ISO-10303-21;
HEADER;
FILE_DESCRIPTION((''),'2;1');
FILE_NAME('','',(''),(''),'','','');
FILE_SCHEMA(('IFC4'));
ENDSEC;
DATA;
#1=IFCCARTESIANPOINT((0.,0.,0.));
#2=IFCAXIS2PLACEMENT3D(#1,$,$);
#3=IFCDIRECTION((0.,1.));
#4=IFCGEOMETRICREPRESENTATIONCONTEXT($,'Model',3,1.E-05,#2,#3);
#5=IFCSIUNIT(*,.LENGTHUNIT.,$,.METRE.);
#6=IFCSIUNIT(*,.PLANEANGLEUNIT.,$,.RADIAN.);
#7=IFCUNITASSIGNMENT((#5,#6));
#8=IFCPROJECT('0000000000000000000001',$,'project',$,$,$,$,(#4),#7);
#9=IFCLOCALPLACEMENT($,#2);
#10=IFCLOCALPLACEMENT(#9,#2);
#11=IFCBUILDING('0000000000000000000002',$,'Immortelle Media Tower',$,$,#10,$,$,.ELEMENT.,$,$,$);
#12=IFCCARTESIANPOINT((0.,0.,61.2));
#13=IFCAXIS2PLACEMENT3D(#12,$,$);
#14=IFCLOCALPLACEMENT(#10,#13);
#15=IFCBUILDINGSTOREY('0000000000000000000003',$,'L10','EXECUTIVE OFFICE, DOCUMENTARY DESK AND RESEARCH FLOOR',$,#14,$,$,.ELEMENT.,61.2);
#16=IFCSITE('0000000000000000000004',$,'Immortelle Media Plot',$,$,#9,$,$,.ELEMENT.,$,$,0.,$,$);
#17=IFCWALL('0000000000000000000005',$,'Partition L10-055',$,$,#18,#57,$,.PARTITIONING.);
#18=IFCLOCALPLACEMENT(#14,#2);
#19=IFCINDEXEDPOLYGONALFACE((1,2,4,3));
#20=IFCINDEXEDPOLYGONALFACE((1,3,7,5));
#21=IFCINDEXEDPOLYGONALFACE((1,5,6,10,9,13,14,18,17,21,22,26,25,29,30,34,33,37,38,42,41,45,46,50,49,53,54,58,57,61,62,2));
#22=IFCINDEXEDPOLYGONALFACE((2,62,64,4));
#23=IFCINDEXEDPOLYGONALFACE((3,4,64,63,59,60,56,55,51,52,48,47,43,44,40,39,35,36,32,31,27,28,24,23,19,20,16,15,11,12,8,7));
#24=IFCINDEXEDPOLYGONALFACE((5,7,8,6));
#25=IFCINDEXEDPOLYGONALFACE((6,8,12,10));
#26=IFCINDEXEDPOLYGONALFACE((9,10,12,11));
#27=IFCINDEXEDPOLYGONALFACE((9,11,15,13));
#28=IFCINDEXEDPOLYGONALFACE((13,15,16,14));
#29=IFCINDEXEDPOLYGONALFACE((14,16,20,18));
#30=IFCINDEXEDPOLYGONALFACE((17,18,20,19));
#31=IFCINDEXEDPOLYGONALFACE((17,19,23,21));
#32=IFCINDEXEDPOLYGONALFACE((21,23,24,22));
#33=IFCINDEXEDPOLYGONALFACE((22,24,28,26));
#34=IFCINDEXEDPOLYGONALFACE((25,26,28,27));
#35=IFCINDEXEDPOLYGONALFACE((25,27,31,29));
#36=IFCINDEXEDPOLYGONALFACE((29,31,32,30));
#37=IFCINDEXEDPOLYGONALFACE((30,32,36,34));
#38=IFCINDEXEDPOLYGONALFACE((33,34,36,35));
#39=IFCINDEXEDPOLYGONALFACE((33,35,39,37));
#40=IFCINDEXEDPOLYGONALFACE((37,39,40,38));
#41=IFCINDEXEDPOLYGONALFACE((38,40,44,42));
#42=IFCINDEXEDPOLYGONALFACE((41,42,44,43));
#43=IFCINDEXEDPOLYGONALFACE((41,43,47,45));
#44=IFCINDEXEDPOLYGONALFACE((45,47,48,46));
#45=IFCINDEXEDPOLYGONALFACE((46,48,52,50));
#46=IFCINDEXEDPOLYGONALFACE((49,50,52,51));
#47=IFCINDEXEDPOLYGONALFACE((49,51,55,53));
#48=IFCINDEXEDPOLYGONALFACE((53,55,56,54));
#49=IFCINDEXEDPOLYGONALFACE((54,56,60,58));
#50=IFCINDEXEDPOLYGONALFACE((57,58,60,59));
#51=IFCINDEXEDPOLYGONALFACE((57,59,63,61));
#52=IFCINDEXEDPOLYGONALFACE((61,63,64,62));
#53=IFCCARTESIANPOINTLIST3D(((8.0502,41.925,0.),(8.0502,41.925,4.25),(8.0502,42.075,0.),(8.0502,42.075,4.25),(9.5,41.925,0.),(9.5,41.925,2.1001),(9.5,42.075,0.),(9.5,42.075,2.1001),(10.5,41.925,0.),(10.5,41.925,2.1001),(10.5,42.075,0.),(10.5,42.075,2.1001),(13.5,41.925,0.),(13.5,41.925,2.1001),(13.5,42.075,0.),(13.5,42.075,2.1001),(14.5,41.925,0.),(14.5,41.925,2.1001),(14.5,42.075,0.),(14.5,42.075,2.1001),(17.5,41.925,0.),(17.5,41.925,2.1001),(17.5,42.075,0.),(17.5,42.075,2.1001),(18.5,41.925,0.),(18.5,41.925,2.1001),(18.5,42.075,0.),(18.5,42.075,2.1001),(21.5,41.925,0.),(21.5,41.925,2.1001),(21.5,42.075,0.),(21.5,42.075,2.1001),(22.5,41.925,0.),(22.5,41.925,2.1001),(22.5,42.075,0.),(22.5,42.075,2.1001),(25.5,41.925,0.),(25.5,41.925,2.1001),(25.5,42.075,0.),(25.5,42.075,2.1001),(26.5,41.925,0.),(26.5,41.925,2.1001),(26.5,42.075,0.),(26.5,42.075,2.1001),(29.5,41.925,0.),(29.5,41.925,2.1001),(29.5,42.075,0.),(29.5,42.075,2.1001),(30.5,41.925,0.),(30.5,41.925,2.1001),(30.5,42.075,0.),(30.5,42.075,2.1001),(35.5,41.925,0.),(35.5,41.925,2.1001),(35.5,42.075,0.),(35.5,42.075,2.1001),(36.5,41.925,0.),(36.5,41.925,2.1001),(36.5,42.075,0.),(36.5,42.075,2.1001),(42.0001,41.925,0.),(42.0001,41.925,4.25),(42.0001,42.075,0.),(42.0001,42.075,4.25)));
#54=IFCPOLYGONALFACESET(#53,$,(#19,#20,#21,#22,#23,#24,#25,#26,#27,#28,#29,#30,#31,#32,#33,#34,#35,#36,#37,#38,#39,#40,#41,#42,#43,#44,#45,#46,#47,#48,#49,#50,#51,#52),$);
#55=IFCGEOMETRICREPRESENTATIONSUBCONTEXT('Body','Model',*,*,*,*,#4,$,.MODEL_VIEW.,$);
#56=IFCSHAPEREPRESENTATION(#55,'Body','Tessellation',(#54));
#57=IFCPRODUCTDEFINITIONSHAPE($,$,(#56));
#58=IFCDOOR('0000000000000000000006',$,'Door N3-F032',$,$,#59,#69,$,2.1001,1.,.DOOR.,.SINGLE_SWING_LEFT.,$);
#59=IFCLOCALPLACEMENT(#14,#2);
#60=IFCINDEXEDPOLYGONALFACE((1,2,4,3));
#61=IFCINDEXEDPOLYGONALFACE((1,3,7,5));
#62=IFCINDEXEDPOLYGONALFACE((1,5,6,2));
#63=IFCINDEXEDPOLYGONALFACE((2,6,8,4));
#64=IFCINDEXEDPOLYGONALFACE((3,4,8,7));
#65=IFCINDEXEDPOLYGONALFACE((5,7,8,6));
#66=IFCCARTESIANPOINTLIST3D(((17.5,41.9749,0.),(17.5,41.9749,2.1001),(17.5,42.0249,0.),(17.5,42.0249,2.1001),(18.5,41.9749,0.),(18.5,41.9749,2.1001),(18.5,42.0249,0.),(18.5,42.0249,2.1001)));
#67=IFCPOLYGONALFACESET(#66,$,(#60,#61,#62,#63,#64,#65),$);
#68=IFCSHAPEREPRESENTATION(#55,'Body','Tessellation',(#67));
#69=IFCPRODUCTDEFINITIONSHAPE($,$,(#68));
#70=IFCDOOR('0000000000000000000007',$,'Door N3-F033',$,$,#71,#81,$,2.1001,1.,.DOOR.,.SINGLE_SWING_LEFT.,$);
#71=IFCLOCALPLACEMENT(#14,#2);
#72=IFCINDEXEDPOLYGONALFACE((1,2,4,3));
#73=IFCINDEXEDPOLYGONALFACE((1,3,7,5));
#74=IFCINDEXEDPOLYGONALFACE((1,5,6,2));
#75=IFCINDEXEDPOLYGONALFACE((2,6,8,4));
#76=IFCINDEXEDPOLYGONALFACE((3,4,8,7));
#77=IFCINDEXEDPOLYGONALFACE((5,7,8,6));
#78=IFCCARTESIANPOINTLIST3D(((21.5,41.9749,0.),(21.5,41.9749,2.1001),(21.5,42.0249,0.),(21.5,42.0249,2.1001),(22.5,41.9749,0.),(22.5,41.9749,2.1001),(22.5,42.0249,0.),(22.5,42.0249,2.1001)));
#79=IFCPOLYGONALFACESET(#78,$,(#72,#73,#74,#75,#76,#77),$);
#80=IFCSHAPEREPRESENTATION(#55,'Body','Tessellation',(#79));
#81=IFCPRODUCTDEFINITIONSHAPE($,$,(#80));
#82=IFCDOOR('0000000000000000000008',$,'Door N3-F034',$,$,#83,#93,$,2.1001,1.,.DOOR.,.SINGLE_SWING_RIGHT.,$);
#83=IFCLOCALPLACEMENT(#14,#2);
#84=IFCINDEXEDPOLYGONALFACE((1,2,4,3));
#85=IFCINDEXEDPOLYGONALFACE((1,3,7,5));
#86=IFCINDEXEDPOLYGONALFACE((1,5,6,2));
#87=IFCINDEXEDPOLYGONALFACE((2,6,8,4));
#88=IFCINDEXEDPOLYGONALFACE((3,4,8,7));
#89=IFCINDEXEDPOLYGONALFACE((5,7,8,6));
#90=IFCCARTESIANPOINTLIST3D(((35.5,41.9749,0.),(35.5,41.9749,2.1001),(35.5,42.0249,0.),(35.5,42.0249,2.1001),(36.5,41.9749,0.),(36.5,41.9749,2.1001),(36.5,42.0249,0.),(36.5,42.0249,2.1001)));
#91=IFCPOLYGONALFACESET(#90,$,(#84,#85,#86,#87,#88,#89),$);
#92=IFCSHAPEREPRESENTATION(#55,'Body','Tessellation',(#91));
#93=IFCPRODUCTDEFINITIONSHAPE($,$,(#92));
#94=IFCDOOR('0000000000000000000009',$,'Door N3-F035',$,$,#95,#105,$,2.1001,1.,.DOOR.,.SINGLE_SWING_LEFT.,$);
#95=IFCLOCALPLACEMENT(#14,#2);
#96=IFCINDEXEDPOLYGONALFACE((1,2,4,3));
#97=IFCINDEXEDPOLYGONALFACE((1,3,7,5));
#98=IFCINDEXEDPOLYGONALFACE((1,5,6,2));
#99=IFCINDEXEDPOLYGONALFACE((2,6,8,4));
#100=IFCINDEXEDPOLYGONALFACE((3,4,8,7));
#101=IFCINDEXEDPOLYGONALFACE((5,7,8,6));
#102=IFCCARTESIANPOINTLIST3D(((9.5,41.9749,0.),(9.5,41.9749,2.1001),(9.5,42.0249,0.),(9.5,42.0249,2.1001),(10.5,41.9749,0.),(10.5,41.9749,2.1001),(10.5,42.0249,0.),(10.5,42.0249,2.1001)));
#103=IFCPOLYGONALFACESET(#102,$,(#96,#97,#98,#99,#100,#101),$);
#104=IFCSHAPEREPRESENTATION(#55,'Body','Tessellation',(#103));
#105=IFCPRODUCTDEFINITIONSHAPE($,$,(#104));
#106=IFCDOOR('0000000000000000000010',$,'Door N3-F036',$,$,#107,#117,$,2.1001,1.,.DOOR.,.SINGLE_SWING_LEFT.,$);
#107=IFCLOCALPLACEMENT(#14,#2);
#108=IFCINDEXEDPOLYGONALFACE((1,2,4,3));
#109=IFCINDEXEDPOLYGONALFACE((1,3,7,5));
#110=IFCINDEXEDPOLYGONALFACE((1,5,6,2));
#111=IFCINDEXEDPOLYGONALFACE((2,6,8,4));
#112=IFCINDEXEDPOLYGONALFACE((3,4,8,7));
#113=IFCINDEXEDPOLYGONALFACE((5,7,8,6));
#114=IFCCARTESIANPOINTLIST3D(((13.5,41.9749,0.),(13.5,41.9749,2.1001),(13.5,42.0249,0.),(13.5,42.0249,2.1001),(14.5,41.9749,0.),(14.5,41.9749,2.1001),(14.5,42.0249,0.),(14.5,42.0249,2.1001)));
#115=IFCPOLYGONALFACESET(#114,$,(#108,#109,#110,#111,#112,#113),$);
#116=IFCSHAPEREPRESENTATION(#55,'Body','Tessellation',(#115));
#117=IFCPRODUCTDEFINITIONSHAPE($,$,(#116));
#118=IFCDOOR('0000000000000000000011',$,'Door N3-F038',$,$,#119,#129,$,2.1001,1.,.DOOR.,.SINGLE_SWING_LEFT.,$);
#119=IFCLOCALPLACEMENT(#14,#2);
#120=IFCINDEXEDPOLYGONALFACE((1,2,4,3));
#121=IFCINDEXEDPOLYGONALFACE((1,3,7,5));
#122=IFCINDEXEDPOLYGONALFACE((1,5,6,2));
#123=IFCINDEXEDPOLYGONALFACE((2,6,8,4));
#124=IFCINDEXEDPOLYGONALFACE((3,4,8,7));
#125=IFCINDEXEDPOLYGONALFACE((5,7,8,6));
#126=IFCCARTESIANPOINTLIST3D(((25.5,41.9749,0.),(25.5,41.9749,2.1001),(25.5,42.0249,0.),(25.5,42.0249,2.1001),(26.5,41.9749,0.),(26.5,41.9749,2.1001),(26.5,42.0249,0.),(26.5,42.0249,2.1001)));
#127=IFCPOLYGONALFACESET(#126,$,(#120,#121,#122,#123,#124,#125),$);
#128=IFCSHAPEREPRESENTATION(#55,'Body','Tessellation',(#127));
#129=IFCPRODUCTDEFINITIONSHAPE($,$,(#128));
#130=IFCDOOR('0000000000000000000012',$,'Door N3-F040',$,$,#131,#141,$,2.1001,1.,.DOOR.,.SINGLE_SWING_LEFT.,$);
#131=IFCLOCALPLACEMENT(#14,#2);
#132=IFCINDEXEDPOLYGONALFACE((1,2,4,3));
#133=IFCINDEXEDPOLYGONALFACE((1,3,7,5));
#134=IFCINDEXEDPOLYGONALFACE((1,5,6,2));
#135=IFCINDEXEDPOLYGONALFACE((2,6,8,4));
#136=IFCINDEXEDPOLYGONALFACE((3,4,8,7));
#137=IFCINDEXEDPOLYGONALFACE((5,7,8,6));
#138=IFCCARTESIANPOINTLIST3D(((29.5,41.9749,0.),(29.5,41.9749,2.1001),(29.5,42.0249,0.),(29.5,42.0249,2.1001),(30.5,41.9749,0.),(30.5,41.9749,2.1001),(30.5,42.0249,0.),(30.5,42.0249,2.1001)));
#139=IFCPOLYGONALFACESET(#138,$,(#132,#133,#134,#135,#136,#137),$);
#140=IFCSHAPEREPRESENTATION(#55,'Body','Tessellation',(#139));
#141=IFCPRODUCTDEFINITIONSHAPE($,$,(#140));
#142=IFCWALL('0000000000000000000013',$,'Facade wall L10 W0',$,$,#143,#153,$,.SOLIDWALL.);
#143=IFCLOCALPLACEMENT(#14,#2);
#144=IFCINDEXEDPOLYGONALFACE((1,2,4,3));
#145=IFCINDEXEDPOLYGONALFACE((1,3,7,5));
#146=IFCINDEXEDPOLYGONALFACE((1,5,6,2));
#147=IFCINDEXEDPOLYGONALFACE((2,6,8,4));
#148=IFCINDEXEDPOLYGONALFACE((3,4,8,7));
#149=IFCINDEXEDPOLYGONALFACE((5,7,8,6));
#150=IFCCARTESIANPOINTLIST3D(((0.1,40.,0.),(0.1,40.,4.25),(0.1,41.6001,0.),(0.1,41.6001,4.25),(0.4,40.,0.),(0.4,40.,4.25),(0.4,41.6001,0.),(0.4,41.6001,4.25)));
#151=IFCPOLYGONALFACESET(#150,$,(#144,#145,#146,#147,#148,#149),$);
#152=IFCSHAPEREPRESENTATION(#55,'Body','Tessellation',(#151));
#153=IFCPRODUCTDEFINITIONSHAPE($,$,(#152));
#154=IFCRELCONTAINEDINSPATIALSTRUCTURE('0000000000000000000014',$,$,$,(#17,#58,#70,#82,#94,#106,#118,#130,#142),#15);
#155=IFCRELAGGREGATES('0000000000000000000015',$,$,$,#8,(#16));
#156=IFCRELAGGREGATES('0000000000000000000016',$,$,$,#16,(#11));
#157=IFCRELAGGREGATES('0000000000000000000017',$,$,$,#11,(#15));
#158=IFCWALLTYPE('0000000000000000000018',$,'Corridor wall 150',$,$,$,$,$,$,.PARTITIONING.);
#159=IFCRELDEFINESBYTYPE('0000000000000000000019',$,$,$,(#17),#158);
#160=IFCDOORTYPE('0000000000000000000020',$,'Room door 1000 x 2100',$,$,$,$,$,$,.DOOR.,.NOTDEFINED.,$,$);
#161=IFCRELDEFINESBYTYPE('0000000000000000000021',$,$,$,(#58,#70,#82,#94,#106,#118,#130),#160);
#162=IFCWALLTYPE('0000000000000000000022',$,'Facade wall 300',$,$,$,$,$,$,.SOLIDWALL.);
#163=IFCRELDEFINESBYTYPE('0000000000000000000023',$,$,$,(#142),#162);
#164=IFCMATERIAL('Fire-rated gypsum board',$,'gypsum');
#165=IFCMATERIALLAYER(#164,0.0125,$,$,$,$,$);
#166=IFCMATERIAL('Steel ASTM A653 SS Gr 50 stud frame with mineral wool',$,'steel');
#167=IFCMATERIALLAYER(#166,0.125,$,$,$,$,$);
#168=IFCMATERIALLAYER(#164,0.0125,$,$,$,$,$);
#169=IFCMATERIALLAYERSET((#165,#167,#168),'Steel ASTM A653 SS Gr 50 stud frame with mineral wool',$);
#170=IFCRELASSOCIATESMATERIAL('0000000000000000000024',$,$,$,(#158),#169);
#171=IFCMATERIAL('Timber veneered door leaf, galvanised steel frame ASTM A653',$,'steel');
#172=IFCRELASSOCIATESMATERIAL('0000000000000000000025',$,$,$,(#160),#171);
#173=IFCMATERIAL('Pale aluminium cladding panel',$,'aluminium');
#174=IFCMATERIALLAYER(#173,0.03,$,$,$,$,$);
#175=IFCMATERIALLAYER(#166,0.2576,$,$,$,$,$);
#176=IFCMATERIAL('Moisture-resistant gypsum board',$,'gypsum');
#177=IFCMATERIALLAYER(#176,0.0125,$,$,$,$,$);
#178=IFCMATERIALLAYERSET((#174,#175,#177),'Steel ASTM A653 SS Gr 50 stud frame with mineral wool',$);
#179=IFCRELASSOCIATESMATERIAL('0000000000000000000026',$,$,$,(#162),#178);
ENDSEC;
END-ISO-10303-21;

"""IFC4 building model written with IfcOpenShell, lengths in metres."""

from ifc_helpers import new_model, si_unit, direction, frame, frame_2d, origin, place, context, subcontext, project, spatial, rectangle, extrude, material, layer, layer_set, type_object, element, fill, save


model = new_model("IFC4")

# Units and contexts
model_context = context("Model", 3, precision=1e-05, world=origin(), true_north=direction((0.0, 1.0)))
body_context = subcontext(model_context, "Body", "Model", "MODEL_VIEW")
ifc_project = project(units=[si_unit("LENGTHUNIT", "METRE"), si_unit("PLANEANGLEUNIT", "RADIAN")], contexts=[model_context])

# Site, building, storey
site_placement = place(None, origin())
site = spatial("IfcSite", under=ifc_project, at=site_placement, Name="Immortelle Media Plot", CompositionType="ELEMENT", RefElevation=0.0)
building_placement = place(site_placement, origin())
building = spatial("IfcBuilding", under=site, at=building_placement, Name="Immortelle Media Tower", CompositionType="ELEMENT")
storey_placement = place(building_placement, frame((0.0, 0.0, 61.2)))
storey = spatial("IfcBuildingStorey", under=building, at=storey_placement, Name="L10", Description="EXECUTIVE OFFICE, DOCUMENTARY DESK AND RESEARCH FLOOR", CompositionType="ELEMENT", Elevation=61.2)

# Wall, openings, doors
ifc_material_1 = material(Name="Fire-rated gypsum board", Category="gypsum")
ifc_layer_1 = layer(ifc_material_1, 0.0125)
ifc_material_2 = material(Name="Steel ASTM A653 SS Gr 50 stud frame with mineral wool", Category="steel")
ifc_layer_2 = layer(ifc_material_2, 0.125)
ifc_layer_3 = layer(ifc_material_1, 0.0125)
ifc_layer_set_1 = layer_set([ifc_layer_1, ifc_layer_2, ifc_layer_3], Name="Steel ASTM A653 SS Gr 50 stud frame with mineral wool")
wall_type_1 = type_object("IfcWallType", Name="Corridor wall 150", PredefinedType="PARTITIONING", material=ifc_layer_set_1)
wall_1_placement = place(storey_placement, frame((8.05, 42.0, 0.0), z_axis=(0.0, 0.0, 1.0), x_axis=(1.0, 0.0, 0.0)))
wall_1 = element("IfcWall", 1, at=wall_1_placement, inside=storey, type_object=wall_type_1, Name="Partition L10-055", PredefinedType="PARTITIONING", context=body_context, shape_type="SweptSolid", body=[
    extrude(rectangle(XDim=33.95, YDim=0.1499, at=frame_2d((16.9751, 0.0))), origin(), (0.0, 0.0, 1.0), 4.25),
])
opening_1_placement = place(wall_1_placement, frame((9.45, 0.0, 0.0)))
opening_1 = element("IfcOpeningElement", 2, at=opening_1_placement, cuts=wall_1, PredefinedType="OPENING", context=body_context, shape_type="SweptSolid", body=[
    extrude(rectangle(XDim=1.0, YDim=2.1001, at=frame_2d((0.5, 1.05))), frame((0.0, 0.085, 0.0), z_axis=(0.0, -1.0, 0.0), x_axis=(1.0, 0.0, 0.0)), (0.0, 0.0, 1.0), 0.1699),
])
opening_2_placement = place(wall_1_placement, frame((13.45, 0.0, 0.0)))
opening_2 = element("IfcOpeningElement", 3, at=opening_2_placement, cuts=wall_1, PredefinedType="OPENING", context=body_context, shape_type="SweptSolid", body=[
    extrude(rectangle(XDim=1.0, YDim=2.1001, at=frame_2d((0.5, 1.05))), frame((0.0, 0.085, 0.0), z_axis=(0.0, -1.0, 0.0), x_axis=(1.0, 0.0, 0.0)), (0.0, 0.0, 1.0), 0.1699),
])
opening_3_placement = place(wall_1_placement, frame((27.45, 0.0, 0.0)))
opening_3 = element("IfcOpeningElement", 4, at=opening_3_placement, cuts=wall_1, PredefinedType="OPENING", context=body_context, shape_type="SweptSolid", body=[
    extrude(rectangle(XDim=1.0, YDim=2.1001, at=frame_2d((0.5, 1.05))), frame((0.0, 0.085, 0.0), z_axis=(0.0, -1.0, 0.0), x_axis=(1.0, 0.0, 0.0)), (0.0, 0.0, 1.0), 0.1699),
])
opening_4_placement = place(wall_1_placement, frame((1.45, 0.0, 0.0)))
opening_4 = element("IfcOpeningElement", 5, at=opening_4_placement, cuts=wall_1, PredefinedType="OPENING", context=body_context, shape_type="SweptSolid", body=[
    extrude(rectangle(XDim=1.0, YDim=2.1001, at=frame_2d((0.5, 1.05))), frame((0.0, 0.085, 0.0), z_axis=(0.0, -1.0, 0.0), x_axis=(1.0, 0.0, 0.0)), (0.0, 0.0, 1.0), 0.1699),
])
opening_5_placement = place(wall_1_placement, frame((5.45, 0.0, 0.0)))
opening_5 = element("IfcOpeningElement", 6, at=opening_5_placement, cuts=wall_1, PredefinedType="OPENING", context=body_context, shape_type="SweptSolid", body=[
    extrude(rectangle(XDim=1.0, YDim=2.1001, at=frame_2d((0.5, 1.05))), frame((0.0, 0.085, 0.0), z_axis=(0.0, -1.0, 0.0), x_axis=(1.0, 0.0, 0.0)), (0.0, 0.0, 1.0), 0.1699),
])
opening_6_placement = place(wall_1_placement, frame((17.45, 0.0, 0.0)))
opening_6 = element("IfcOpeningElement", 7, at=opening_6_placement, cuts=wall_1, PredefinedType="OPENING", context=body_context, shape_type="SweptSolid", body=[
    extrude(rectangle(XDim=1.0, YDim=2.1001, at=frame_2d((0.5, 1.05))), frame((0.0, 0.085, 0.0), z_axis=(0.0, -1.0, 0.0), x_axis=(1.0, 0.0, 0.0)), (0.0, 0.0, 1.0), 0.1699),
])
opening_7_placement = place(wall_1_placement, frame((21.45, 0.0, 0.0)))
opening_7 = element("IfcOpeningElement", 8, at=opening_7_placement, cuts=wall_1, PredefinedType="OPENING", context=body_context, shape_type="SweptSolid", body=[
    extrude(rectangle(XDim=1.0, YDim=2.1001, at=frame_2d((0.5, 1.05))), frame((0.0, 0.085, 0.0), z_axis=(0.0, -1.0, 0.0), x_axis=(1.0, 0.0, 0.0)), (0.0, 0.0, 1.0), 0.1699),
])
ifc_material_3 = material(Name="Timber veneered door leaf, galvanised steel frame ASTM A653", Category="steel")
door_type = type_object("IfcDoorType", Name="Room door 1000 x 2100", OperationType="NOTDEFINED", PredefinedType="DOOR", material=ifc_material_3)
door_1_placement = place(opening_1_placement, origin())
door_1 = element("IfcDoor", 9, at=door_1_placement, inside=storey, type_object=door_type, Name="Door N3-F032", OperationType="SINGLE_SWING_LEFT", OverallHeight=2.1001, OverallWidth=1.0, PredefinedType="DOOR", context=body_context, shape_type="SweptSolid", body=[
    extrude(rectangle(XDim=1.0, YDim=2.1001, at=frame_2d((0.5, 1.05))), frame((0.0, 0.0249, 0.0), z_axis=(0.0, -1.0, 0.0), x_axis=(1.0, 0.0, 0.0)), (0.0, 0.0, 1.0), 0.05),
])
fill(opening_1, door_1)
door_2_placement = place(opening_2_placement, origin())
door_2 = element("IfcDoor", 10, at=door_2_placement, inside=storey, type_object=door_type, Name="Door N3-F033", OperationType="SINGLE_SWING_LEFT", OverallHeight=2.1001, OverallWidth=1.0, PredefinedType="DOOR", context=body_context, shape_type="SweptSolid", body=[
    extrude(rectangle(XDim=1.0, YDim=2.1001, at=frame_2d((0.5, 1.05))), frame((0.0, 0.0249, 0.0), z_axis=(0.0, -1.0, 0.0), x_axis=(1.0, 0.0, 0.0)), (0.0, 0.0, 1.0), 0.05),
])
fill(opening_2, door_2)
door_3_placement = place(opening_3_placement, origin())
door_3 = element("IfcDoor", 11, at=door_3_placement, inside=storey, type_object=door_type, Name="Door N3-F034", OperationType="SINGLE_SWING_RIGHT", OverallHeight=2.1001, OverallWidth=1.0, PredefinedType="DOOR", context=body_context, shape_type="SweptSolid", body=[
    extrude(rectangle(XDim=1.0, YDim=2.1001, at=frame_2d((0.5, 1.05))), frame((0.0, 0.0249, 0.0), z_axis=(0.0, -1.0, 0.0), x_axis=(1.0, 0.0, 0.0)), (0.0, 0.0, 1.0), 0.05),
])
fill(opening_3, door_3)
door_4_placement = place(opening_4_placement, origin())
door_4 = element("IfcDoor", 12, at=door_4_placement, inside=storey, type_object=door_type, Name="Door N3-F035", OperationType="SINGLE_SWING_LEFT", OverallHeight=2.1001, OverallWidth=1.0, PredefinedType="DOOR", context=body_context, shape_type="SweptSolid", body=[
    extrude(rectangle(XDim=1.0, YDim=2.1001, at=frame_2d((0.5, 1.05))), frame((0.0, 0.0249, 0.0), z_axis=(0.0, -1.0, 0.0), x_axis=(1.0, 0.0, 0.0)), (0.0, 0.0, 1.0), 0.05),
])
fill(opening_4, door_4)
door_5_placement = place(opening_5_placement, origin())
door_5 = element("IfcDoor", 13, at=door_5_placement, inside=storey, type_object=door_type, Name="Door N3-F036", OperationType="SINGLE_SWING_LEFT", OverallHeight=2.1001, OverallWidth=1.0, PredefinedType="DOOR", context=body_context, shape_type="SweptSolid", body=[
    extrude(rectangle(XDim=1.0, YDim=2.1001, at=frame_2d((0.5, 1.05))), frame((0.0, 0.0249, 0.0), z_axis=(0.0, -1.0, 0.0), x_axis=(1.0, 0.0, 0.0)), (0.0, 0.0, 1.0), 0.05),
])
fill(opening_5, door_5)
door_6_placement = place(opening_6_placement, origin())
door_6 = element("IfcDoor", 14, at=door_6_placement, inside=storey, type_object=door_type, Name="Door N3-F038", OperationType="SINGLE_SWING_LEFT", OverallHeight=2.1001, OverallWidth=1.0, PredefinedType="DOOR", context=body_context, shape_type="SweptSolid", body=[
    extrude(rectangle(XDim=1.0, YDim=2.1001, at=frame_2d((0.5, 1.05))), frame((0.0, 0.0249, 0.0), z_axis=(0.0, -1.0, 0.0), x_axis=(1.0, 0.0, 0.0)), (0.0, 0.0, 1.0), 0.05),
])
fill(opening_6, door_6)
door_7_placement = place(opening_7_placement, origin())
door_7 = element("IfcDoor", 15, at=door_7_placement, inside=storey, type_object=door_type, Name="Door N3-F040", OperationType="SINGLE_SWING_LEFT", OverallHeight=2.1001, OverallWidth=1.0, PredefinedType="DOOR", context=body_context, shape_type="SweptSolid", body=[
    extrude(rectangle(XDim=1.0, YDim=2.1001, at=frame_2d((0.5, 1.05))), frame((0.0, 0.0249, 0.0), z_axis=(0.0, -1.0, 0.0), x_axis=(1.0, 0.0, 0.0)), (0.0, 0.0, 1.0), 0.05),
])
fill(opening_7, door_7)

# Wall
ifc_material_4 = material(Name="Pale aluminium cladding panel", Category="aluminium")
ifc_layer_4 = layer(ifc_material_4, 0.03)
ifc_layer_5 = layer(ifc_material_2, 0.2576)
ifc_material_5 = material(Name="Moisture-resistant gypsum board", Category="gypsum")
ifc_layer_6 = layer(ifc_material_5, 0.0125)
ifc_layer_set_2 = layer_set([ifc_layer_4, ifc_layer_5, ifc_layer_6], Name="Steel ASTM A653 SS Gr 50 stud frame with mineral wool")
wall_type_2 = type_object("IfcWallType", Name="Facade wall 300", PredefinedType="SOLIDWALL", material=ifc_layer_set_2)
wall_2_placement = place(storey_placement, frame((0.25, 41.6001, 0.0), z_axis=(0.0, 0.0, 1.0), x_axis=(0.0, -1.0, 0.0)))
element("IfcWall", 16, at=wall_2_placement, inside=storey, type_object=wall_type_2, Name="Facade wall L10 W0", PredefinedType="SOLIDWALL", context=body_context, shape_type="SweptSolid", body=[
    extrude(rectangle(XDim=1.6001, YDim=0.3, at=frame_2d((0.8, 0.0))), origin(), (0.0, 0.0, 1.0), 4.25),
])

save(model, "model.ifc")
